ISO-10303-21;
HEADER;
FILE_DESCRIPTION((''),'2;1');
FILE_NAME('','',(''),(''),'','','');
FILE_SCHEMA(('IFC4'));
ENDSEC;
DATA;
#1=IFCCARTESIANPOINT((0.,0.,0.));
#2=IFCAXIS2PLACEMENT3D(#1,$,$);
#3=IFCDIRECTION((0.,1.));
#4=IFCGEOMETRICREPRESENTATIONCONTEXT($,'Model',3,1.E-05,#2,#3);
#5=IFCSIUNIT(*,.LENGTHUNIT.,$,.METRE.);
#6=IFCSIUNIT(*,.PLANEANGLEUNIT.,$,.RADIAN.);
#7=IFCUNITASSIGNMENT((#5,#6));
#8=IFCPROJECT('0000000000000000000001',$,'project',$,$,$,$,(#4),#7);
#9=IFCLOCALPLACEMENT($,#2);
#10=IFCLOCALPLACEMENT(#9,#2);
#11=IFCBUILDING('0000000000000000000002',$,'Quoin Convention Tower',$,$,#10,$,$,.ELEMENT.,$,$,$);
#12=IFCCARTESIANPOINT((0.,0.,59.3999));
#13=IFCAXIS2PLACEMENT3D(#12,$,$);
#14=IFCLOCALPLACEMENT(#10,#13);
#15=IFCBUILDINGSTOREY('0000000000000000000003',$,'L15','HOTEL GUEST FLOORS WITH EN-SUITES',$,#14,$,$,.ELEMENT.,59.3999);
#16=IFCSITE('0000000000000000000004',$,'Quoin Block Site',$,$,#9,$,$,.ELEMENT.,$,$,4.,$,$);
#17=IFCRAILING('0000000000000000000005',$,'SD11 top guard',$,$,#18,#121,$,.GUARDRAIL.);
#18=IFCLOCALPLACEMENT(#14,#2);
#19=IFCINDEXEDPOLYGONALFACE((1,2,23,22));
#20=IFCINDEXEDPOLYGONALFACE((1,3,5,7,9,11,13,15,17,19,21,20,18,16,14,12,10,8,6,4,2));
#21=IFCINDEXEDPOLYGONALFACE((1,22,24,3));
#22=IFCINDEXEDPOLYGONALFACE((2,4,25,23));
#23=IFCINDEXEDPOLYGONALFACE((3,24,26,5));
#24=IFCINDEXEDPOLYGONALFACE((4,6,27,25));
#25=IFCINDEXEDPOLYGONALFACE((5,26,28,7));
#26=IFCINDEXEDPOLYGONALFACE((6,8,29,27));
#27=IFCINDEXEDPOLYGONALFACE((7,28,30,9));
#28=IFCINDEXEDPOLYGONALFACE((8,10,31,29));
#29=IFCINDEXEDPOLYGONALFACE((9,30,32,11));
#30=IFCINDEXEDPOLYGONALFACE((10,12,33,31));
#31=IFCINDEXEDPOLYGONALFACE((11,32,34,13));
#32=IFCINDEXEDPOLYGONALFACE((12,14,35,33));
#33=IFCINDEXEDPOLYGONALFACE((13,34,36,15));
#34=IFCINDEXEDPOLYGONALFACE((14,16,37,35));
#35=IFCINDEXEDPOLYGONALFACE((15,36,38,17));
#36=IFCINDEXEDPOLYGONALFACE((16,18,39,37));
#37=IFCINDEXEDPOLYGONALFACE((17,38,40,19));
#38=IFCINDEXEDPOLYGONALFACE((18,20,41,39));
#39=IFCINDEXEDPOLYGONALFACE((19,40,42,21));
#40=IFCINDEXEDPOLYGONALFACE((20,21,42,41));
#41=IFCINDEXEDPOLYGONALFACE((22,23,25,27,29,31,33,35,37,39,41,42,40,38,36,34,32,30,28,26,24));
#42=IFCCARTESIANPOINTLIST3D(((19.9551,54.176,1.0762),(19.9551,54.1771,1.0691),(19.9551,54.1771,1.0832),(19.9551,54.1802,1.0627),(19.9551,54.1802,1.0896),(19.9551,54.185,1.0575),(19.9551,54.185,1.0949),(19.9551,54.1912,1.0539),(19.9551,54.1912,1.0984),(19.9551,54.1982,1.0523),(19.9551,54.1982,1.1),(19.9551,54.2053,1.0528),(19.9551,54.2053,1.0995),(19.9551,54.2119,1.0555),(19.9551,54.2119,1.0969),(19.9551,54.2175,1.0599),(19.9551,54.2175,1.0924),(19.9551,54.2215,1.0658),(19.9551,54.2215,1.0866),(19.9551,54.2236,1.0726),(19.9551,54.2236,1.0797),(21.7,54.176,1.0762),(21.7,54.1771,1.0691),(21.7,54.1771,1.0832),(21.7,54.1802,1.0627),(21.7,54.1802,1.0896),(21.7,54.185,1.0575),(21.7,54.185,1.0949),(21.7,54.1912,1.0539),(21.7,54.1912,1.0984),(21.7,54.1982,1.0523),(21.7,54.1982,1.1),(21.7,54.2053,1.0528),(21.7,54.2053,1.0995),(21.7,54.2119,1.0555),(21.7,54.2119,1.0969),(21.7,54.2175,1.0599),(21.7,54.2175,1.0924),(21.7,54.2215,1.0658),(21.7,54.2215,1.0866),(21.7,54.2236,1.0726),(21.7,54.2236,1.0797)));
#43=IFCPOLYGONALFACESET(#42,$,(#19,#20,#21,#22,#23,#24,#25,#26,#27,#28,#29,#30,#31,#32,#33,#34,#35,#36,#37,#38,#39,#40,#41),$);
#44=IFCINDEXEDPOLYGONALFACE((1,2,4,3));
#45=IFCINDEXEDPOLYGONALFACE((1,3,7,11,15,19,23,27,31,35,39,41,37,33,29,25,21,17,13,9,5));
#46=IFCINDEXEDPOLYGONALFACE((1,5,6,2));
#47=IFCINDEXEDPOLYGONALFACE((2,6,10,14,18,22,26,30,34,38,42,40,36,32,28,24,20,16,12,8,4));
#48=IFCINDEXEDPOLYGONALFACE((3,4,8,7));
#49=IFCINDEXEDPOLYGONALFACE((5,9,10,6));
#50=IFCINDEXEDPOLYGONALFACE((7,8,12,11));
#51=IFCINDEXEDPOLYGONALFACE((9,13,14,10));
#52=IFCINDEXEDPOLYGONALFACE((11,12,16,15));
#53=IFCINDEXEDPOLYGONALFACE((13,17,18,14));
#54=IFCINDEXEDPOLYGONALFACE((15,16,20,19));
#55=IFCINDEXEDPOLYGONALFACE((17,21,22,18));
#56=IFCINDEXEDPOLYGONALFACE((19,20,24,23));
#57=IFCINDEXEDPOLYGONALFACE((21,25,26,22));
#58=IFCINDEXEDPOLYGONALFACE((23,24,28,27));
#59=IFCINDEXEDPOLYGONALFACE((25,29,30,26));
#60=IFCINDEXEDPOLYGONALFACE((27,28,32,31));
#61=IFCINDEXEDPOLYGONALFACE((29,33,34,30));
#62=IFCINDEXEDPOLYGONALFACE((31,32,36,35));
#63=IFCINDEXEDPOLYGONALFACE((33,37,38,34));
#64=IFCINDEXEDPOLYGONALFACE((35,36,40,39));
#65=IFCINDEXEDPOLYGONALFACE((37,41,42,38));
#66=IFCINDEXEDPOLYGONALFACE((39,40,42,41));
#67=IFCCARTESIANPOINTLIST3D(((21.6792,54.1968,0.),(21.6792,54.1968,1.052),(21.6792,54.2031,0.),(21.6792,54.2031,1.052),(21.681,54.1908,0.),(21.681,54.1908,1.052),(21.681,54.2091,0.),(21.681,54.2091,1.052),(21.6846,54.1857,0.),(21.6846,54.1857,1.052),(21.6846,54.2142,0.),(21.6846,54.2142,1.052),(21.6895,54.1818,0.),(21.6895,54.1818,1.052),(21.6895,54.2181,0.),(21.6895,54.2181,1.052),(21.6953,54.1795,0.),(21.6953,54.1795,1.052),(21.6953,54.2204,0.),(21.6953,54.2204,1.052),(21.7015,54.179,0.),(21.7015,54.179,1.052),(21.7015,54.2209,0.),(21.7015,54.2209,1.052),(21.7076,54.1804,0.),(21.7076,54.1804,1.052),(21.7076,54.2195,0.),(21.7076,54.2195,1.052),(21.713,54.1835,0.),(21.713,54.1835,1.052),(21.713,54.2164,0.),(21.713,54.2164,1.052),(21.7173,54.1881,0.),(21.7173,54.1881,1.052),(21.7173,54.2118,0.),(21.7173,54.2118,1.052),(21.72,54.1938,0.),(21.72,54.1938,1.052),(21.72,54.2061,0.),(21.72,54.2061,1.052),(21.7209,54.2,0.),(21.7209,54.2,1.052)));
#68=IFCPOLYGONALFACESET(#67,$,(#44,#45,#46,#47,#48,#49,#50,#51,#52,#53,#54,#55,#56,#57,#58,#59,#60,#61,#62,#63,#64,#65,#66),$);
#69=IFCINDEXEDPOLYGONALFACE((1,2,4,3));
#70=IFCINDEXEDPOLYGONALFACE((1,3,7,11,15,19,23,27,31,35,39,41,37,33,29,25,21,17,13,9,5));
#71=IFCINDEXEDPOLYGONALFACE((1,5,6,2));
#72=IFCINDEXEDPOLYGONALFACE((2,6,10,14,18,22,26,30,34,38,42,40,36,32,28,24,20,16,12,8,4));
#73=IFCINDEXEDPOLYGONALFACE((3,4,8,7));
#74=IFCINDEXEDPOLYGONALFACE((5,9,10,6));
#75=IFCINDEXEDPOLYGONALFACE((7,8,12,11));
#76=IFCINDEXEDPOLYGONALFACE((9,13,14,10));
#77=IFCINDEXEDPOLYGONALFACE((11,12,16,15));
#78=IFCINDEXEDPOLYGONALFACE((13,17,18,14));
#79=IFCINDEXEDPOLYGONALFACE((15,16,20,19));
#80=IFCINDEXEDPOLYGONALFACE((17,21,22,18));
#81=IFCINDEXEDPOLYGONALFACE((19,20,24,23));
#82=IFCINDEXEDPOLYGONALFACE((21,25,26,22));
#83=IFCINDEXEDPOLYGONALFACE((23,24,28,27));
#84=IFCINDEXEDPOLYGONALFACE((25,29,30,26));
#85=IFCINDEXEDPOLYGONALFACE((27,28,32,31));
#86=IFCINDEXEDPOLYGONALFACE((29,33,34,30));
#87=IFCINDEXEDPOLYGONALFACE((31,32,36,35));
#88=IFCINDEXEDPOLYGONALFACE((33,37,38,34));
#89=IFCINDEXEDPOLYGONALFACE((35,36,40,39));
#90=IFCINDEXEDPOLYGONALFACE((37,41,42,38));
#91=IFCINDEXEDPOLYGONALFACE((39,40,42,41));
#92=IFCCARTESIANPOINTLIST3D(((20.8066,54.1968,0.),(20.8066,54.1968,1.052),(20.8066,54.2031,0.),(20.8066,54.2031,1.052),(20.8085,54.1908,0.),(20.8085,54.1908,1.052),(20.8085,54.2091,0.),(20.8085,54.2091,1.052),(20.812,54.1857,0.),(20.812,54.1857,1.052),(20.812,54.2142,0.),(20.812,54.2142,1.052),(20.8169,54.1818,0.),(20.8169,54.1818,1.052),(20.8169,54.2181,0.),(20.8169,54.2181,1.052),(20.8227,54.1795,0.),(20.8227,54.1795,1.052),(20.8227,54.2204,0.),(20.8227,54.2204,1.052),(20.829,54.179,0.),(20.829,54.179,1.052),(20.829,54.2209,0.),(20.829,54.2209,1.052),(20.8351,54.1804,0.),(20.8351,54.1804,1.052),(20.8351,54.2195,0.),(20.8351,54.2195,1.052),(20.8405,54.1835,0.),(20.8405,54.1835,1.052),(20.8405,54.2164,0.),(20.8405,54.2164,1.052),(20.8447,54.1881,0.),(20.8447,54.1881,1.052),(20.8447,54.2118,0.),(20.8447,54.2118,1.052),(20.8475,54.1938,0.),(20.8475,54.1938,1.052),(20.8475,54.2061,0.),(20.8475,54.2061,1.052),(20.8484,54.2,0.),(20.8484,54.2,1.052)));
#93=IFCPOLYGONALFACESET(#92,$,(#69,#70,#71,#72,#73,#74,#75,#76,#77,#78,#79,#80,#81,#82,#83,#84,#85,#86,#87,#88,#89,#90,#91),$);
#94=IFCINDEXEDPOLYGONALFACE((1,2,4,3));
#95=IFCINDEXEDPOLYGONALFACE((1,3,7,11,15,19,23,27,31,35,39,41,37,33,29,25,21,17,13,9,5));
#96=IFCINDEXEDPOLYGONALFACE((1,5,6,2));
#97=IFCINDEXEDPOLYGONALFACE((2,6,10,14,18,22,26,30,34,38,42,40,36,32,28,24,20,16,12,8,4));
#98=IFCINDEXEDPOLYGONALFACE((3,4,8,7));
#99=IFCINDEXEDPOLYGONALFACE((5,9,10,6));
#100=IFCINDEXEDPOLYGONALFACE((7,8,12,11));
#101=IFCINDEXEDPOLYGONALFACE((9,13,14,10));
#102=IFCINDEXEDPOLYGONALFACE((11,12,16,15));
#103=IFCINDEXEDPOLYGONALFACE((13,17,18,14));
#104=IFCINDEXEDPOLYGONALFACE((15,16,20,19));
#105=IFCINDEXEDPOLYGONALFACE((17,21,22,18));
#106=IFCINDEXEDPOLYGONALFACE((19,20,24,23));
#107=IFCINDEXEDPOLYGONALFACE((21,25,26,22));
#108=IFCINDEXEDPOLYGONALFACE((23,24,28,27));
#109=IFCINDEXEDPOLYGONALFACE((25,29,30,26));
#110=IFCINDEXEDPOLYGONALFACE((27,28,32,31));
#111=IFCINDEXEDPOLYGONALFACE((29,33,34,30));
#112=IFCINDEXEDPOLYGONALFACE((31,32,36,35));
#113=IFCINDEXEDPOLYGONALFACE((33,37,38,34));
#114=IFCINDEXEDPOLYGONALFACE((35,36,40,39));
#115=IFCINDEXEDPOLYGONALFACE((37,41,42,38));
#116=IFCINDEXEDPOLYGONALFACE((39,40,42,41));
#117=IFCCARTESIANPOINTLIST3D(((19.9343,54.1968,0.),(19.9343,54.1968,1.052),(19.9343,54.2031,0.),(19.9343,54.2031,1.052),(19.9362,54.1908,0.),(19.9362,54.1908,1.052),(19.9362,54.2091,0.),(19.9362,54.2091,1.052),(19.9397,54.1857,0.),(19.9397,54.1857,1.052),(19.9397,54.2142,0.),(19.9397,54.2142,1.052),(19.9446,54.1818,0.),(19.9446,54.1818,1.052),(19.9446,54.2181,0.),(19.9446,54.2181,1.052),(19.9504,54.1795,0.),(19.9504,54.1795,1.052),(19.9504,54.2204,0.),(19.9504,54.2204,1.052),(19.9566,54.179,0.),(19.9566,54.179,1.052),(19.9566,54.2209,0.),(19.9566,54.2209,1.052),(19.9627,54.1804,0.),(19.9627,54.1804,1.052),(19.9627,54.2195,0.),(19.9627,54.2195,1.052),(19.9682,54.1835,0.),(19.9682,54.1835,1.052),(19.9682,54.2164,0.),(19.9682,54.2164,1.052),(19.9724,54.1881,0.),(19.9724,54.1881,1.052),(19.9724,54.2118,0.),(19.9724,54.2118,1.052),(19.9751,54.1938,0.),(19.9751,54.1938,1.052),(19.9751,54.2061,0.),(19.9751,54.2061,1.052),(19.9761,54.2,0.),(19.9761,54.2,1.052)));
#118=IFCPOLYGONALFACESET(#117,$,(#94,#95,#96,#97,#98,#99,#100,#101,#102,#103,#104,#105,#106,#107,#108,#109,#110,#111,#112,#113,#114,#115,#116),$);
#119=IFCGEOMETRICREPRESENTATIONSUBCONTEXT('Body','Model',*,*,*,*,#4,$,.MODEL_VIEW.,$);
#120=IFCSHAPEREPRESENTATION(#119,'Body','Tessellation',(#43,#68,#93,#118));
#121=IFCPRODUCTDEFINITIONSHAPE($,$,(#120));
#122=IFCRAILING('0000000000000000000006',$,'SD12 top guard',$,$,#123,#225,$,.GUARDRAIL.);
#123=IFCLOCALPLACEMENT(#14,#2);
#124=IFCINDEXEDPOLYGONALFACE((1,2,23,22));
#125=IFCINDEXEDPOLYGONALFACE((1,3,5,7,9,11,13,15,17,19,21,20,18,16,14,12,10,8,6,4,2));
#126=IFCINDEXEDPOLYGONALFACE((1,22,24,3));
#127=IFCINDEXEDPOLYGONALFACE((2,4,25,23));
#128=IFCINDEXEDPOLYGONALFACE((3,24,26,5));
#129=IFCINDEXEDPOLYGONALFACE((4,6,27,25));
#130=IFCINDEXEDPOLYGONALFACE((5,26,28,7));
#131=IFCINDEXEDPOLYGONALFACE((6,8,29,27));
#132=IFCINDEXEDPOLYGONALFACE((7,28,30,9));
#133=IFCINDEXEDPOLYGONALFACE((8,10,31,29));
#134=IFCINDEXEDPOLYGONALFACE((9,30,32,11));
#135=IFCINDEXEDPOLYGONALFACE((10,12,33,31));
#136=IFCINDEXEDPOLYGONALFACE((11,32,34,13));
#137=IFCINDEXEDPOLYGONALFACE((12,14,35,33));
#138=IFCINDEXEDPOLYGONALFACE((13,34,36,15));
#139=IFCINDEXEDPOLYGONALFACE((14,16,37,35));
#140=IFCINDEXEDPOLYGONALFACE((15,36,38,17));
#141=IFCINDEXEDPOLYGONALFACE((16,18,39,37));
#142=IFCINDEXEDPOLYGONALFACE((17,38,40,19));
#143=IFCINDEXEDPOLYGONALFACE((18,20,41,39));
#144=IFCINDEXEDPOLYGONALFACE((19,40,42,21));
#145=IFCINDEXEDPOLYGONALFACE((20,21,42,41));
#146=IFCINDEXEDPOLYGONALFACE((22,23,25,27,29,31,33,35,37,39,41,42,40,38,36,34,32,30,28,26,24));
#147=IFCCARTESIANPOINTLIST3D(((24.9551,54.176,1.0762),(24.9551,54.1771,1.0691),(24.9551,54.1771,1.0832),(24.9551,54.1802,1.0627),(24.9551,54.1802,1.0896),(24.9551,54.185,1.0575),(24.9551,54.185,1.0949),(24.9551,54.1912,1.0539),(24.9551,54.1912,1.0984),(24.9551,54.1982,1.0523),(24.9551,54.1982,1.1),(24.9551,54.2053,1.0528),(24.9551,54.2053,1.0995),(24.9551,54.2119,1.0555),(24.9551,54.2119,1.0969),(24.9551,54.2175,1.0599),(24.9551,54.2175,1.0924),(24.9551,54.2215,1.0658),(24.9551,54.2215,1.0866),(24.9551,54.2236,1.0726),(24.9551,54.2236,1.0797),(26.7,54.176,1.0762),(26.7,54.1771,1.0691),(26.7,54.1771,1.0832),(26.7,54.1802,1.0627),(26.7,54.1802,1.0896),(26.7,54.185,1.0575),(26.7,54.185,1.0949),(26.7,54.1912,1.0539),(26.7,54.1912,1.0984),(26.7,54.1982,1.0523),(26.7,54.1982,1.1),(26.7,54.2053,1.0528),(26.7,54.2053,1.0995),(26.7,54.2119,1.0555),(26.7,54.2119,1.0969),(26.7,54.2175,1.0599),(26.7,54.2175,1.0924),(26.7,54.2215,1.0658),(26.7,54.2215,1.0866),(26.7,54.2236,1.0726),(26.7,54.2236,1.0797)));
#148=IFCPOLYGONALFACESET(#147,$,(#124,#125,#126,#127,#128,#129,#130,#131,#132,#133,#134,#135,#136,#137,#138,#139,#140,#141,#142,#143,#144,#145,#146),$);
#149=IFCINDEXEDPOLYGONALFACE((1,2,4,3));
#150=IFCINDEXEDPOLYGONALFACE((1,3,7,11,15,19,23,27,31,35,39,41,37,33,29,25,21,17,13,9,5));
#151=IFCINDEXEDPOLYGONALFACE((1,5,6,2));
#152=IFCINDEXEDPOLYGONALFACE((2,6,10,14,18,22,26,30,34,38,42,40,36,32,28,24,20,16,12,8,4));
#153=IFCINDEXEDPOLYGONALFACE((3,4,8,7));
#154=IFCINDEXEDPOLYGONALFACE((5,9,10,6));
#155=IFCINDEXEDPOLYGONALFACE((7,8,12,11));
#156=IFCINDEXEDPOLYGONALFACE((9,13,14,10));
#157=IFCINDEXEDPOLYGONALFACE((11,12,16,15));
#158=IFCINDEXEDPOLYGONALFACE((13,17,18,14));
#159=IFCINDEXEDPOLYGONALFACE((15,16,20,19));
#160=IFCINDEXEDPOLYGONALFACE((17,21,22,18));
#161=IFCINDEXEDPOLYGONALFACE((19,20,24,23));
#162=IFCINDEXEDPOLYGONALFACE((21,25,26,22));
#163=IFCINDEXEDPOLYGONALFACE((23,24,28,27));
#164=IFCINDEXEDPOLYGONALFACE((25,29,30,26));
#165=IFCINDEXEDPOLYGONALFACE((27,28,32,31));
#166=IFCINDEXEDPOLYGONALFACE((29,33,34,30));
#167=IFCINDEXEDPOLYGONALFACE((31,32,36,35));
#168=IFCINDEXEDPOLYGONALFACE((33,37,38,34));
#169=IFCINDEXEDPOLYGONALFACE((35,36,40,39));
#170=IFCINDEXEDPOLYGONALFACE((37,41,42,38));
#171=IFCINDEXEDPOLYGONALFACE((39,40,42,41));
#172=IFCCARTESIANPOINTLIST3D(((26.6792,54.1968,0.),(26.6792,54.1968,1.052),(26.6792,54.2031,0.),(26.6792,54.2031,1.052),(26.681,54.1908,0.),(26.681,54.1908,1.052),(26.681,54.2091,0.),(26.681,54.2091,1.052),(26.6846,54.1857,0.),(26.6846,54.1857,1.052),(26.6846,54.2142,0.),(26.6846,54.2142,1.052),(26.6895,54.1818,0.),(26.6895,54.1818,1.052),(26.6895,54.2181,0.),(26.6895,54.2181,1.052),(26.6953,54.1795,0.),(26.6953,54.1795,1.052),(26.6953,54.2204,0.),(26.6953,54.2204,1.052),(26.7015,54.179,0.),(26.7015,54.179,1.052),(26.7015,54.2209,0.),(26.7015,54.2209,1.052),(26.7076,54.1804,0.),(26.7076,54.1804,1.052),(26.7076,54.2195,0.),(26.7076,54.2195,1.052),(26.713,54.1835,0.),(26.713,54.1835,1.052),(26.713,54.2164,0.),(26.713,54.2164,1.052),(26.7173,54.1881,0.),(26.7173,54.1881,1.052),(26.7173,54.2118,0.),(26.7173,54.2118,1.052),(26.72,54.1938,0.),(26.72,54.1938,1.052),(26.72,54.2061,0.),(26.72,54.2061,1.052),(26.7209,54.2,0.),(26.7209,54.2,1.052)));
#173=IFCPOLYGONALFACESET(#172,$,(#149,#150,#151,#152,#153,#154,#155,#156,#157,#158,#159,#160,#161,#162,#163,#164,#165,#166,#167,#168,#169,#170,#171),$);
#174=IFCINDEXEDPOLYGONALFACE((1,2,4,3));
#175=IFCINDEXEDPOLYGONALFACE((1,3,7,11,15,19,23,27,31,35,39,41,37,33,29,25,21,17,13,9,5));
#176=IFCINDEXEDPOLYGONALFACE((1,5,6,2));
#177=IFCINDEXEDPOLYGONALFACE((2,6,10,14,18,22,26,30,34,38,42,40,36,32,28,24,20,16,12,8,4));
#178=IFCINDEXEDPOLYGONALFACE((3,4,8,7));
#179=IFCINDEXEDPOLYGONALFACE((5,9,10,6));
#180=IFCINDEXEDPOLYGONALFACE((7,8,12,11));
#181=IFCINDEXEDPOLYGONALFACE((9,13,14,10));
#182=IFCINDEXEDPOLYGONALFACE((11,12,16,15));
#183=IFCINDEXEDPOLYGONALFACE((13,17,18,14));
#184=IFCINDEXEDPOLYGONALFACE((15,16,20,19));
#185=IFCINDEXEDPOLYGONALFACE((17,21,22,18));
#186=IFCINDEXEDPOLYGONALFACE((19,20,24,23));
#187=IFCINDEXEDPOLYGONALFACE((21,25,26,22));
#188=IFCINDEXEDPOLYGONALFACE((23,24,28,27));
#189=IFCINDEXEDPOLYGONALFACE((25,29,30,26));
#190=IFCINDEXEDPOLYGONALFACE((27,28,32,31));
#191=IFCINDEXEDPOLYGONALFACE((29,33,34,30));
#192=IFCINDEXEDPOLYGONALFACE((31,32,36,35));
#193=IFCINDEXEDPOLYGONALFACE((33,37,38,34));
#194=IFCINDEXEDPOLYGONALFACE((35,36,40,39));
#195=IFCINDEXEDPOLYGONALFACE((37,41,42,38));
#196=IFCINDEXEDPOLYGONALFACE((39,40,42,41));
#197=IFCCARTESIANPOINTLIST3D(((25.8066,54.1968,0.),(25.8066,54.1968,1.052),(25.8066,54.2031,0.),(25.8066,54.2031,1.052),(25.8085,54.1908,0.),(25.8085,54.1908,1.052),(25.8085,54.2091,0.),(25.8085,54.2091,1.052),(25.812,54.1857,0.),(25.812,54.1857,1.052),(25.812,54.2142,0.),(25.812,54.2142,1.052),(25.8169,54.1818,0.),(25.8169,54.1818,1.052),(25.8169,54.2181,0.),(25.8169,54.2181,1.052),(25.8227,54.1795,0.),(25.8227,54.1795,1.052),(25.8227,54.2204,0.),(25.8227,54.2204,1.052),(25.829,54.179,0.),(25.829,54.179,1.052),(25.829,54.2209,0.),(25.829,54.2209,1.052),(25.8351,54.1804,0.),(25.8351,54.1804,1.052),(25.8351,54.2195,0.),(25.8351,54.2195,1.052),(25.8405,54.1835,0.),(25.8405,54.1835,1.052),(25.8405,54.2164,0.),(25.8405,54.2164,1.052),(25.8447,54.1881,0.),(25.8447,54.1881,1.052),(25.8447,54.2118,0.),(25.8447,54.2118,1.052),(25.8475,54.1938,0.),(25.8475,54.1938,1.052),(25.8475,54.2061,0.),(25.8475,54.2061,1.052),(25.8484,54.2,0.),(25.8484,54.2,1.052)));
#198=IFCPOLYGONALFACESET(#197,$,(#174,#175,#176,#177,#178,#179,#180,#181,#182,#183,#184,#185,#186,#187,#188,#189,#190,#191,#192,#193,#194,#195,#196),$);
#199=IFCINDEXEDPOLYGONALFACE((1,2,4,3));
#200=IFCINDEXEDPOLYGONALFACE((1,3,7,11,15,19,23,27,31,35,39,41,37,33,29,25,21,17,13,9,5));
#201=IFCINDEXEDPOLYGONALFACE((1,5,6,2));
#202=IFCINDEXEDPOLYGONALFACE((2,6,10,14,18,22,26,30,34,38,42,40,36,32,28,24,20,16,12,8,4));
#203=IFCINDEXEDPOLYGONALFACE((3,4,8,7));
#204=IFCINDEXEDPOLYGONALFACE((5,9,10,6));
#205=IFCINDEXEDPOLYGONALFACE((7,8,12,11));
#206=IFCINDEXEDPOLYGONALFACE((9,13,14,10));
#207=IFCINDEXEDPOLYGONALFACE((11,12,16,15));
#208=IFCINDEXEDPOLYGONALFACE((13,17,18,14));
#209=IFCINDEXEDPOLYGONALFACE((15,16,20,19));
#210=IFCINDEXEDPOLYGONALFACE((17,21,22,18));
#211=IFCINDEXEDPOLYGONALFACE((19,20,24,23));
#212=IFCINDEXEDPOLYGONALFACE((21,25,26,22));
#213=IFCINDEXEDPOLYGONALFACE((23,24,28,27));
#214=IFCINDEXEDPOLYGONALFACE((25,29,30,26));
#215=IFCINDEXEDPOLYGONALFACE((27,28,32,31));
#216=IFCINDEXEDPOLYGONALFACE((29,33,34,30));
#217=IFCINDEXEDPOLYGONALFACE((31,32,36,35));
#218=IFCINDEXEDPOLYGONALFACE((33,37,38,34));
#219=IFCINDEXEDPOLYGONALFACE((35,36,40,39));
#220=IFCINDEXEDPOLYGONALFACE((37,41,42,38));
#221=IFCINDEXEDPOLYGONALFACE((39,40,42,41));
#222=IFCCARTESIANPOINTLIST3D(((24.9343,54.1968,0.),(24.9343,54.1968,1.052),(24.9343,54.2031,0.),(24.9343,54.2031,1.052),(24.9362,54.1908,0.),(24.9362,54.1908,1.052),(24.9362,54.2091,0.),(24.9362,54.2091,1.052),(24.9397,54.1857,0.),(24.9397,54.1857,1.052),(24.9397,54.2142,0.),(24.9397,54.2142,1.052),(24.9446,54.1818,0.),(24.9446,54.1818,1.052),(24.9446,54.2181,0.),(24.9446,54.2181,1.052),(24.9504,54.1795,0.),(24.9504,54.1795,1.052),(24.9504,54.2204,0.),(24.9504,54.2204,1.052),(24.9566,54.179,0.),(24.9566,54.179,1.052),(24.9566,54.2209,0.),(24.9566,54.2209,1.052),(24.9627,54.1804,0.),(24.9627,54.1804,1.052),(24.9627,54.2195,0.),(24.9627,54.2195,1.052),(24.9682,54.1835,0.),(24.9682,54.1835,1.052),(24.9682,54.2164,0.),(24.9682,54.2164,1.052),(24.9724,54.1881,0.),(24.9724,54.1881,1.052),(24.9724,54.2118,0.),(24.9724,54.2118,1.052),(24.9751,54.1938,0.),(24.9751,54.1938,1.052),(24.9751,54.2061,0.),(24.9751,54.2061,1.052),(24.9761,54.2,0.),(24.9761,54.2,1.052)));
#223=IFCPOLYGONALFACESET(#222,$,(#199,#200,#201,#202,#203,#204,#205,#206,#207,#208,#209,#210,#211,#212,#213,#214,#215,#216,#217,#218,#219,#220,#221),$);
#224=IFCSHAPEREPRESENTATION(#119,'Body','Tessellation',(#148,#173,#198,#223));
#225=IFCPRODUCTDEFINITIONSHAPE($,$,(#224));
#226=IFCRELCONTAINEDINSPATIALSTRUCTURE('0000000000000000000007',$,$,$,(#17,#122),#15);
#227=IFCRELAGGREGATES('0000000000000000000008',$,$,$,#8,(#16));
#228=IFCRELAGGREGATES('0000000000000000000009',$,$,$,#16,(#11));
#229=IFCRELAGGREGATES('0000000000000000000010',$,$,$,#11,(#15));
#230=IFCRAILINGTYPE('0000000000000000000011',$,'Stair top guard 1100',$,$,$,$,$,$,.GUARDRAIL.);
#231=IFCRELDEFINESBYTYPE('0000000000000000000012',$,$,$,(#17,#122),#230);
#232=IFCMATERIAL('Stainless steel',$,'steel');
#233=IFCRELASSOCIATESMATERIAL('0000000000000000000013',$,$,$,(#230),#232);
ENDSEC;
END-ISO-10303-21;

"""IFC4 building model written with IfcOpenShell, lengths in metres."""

from ifc_helpers import new_model, si_unit, direction, frame, origin, origin_2d, place, context, subcontext, project, spatial, circle, extrude, material, type_object, element, save


model = new_model("IFC4")

# Units and contexts
model_context = context("Model", 3, precision=1e-05, world=origin(), true_north=direction((0.0, 1.0)))
body_context = subcontext(model_context, "Body", "Model", "MODEL_VIEW")
ifc_project = project(units=[si_unit("LENGTHUNIT", "METRE"), si_unit("PLANEANGLEUNIT", "RADIAN")], contexts=[model_context])

# Site, building, storey
site_placement = place(None, origin())
site = spatial("IfcSite", under=ifc_project, at=site_placement, Name="Quoin Block Site", CompositionType="ELEMENT", RefElevation=4.0)
building_placement = place(site_placement, origin())
building = spatial("IfcBuilding", under=site, at=building_placement, Name="Quoin Convention Tower", CompositionType="ELEMENT")
storey_placement = place(building_placement, frame((0.0, 0.0, 59.3999)))
storey = spatial("IfcBuildingStorey", under=building, at=storey_placement, Name="L15", Description="HOTEL GUEST FLOORS WITH EN-SUITES", CompositionType="ELEMENT", Elevation=59.3999)

# Railings
ifc_material_1 = material(Name="Stainless steel", Category="steel")
railing_type_1 = type_object("IfcRailingType", Name="Stair top guard 1100", PredefinedType="GUARDRAIL", material=ifc_material_1)
for number, where, name in (
    (1, (21.7, 54.2, 0.0), "SD11 top guard"),
    (2, (26.7, 54.2, 0.0), "SD12 top guard"),
):
    element("IfcRailing", number, at=place(storey_placement, frame(where)), inside=storey, type_object=railing_type_1, Name=name, PredefinedType="GUARDRAIL", context=body_context, shape_type="SweptSolid", body=[
        extrude(circle(Radius=0.0239, at=origin_2d()), frame((0.0, 0.0, 1.0762), z_axis=(-1.0, 0.0, 0.0), x_axis=(0.0, -1.0, 0.0)), (0.0, 0.0, 1.0), 1.7449),
        extrude(circle(Radius=0.021, at=origin_2d()), origin(), (0.0, 0.0, 1.0), 1.052),
        extrude(circle(Radius=0.021, at=origin_2d()), frame((-0.8726, 0.0, 0.0)), (0.0, 0.0, 1.0), 1.052),
        extrude(circle(Radius=0.021, at=origin_2d()), frame((-1.7449, 0.0, 0.0)), (0.0, 0.0, 1.0), 1.052),
    ])

save(model, "model.ifc")
